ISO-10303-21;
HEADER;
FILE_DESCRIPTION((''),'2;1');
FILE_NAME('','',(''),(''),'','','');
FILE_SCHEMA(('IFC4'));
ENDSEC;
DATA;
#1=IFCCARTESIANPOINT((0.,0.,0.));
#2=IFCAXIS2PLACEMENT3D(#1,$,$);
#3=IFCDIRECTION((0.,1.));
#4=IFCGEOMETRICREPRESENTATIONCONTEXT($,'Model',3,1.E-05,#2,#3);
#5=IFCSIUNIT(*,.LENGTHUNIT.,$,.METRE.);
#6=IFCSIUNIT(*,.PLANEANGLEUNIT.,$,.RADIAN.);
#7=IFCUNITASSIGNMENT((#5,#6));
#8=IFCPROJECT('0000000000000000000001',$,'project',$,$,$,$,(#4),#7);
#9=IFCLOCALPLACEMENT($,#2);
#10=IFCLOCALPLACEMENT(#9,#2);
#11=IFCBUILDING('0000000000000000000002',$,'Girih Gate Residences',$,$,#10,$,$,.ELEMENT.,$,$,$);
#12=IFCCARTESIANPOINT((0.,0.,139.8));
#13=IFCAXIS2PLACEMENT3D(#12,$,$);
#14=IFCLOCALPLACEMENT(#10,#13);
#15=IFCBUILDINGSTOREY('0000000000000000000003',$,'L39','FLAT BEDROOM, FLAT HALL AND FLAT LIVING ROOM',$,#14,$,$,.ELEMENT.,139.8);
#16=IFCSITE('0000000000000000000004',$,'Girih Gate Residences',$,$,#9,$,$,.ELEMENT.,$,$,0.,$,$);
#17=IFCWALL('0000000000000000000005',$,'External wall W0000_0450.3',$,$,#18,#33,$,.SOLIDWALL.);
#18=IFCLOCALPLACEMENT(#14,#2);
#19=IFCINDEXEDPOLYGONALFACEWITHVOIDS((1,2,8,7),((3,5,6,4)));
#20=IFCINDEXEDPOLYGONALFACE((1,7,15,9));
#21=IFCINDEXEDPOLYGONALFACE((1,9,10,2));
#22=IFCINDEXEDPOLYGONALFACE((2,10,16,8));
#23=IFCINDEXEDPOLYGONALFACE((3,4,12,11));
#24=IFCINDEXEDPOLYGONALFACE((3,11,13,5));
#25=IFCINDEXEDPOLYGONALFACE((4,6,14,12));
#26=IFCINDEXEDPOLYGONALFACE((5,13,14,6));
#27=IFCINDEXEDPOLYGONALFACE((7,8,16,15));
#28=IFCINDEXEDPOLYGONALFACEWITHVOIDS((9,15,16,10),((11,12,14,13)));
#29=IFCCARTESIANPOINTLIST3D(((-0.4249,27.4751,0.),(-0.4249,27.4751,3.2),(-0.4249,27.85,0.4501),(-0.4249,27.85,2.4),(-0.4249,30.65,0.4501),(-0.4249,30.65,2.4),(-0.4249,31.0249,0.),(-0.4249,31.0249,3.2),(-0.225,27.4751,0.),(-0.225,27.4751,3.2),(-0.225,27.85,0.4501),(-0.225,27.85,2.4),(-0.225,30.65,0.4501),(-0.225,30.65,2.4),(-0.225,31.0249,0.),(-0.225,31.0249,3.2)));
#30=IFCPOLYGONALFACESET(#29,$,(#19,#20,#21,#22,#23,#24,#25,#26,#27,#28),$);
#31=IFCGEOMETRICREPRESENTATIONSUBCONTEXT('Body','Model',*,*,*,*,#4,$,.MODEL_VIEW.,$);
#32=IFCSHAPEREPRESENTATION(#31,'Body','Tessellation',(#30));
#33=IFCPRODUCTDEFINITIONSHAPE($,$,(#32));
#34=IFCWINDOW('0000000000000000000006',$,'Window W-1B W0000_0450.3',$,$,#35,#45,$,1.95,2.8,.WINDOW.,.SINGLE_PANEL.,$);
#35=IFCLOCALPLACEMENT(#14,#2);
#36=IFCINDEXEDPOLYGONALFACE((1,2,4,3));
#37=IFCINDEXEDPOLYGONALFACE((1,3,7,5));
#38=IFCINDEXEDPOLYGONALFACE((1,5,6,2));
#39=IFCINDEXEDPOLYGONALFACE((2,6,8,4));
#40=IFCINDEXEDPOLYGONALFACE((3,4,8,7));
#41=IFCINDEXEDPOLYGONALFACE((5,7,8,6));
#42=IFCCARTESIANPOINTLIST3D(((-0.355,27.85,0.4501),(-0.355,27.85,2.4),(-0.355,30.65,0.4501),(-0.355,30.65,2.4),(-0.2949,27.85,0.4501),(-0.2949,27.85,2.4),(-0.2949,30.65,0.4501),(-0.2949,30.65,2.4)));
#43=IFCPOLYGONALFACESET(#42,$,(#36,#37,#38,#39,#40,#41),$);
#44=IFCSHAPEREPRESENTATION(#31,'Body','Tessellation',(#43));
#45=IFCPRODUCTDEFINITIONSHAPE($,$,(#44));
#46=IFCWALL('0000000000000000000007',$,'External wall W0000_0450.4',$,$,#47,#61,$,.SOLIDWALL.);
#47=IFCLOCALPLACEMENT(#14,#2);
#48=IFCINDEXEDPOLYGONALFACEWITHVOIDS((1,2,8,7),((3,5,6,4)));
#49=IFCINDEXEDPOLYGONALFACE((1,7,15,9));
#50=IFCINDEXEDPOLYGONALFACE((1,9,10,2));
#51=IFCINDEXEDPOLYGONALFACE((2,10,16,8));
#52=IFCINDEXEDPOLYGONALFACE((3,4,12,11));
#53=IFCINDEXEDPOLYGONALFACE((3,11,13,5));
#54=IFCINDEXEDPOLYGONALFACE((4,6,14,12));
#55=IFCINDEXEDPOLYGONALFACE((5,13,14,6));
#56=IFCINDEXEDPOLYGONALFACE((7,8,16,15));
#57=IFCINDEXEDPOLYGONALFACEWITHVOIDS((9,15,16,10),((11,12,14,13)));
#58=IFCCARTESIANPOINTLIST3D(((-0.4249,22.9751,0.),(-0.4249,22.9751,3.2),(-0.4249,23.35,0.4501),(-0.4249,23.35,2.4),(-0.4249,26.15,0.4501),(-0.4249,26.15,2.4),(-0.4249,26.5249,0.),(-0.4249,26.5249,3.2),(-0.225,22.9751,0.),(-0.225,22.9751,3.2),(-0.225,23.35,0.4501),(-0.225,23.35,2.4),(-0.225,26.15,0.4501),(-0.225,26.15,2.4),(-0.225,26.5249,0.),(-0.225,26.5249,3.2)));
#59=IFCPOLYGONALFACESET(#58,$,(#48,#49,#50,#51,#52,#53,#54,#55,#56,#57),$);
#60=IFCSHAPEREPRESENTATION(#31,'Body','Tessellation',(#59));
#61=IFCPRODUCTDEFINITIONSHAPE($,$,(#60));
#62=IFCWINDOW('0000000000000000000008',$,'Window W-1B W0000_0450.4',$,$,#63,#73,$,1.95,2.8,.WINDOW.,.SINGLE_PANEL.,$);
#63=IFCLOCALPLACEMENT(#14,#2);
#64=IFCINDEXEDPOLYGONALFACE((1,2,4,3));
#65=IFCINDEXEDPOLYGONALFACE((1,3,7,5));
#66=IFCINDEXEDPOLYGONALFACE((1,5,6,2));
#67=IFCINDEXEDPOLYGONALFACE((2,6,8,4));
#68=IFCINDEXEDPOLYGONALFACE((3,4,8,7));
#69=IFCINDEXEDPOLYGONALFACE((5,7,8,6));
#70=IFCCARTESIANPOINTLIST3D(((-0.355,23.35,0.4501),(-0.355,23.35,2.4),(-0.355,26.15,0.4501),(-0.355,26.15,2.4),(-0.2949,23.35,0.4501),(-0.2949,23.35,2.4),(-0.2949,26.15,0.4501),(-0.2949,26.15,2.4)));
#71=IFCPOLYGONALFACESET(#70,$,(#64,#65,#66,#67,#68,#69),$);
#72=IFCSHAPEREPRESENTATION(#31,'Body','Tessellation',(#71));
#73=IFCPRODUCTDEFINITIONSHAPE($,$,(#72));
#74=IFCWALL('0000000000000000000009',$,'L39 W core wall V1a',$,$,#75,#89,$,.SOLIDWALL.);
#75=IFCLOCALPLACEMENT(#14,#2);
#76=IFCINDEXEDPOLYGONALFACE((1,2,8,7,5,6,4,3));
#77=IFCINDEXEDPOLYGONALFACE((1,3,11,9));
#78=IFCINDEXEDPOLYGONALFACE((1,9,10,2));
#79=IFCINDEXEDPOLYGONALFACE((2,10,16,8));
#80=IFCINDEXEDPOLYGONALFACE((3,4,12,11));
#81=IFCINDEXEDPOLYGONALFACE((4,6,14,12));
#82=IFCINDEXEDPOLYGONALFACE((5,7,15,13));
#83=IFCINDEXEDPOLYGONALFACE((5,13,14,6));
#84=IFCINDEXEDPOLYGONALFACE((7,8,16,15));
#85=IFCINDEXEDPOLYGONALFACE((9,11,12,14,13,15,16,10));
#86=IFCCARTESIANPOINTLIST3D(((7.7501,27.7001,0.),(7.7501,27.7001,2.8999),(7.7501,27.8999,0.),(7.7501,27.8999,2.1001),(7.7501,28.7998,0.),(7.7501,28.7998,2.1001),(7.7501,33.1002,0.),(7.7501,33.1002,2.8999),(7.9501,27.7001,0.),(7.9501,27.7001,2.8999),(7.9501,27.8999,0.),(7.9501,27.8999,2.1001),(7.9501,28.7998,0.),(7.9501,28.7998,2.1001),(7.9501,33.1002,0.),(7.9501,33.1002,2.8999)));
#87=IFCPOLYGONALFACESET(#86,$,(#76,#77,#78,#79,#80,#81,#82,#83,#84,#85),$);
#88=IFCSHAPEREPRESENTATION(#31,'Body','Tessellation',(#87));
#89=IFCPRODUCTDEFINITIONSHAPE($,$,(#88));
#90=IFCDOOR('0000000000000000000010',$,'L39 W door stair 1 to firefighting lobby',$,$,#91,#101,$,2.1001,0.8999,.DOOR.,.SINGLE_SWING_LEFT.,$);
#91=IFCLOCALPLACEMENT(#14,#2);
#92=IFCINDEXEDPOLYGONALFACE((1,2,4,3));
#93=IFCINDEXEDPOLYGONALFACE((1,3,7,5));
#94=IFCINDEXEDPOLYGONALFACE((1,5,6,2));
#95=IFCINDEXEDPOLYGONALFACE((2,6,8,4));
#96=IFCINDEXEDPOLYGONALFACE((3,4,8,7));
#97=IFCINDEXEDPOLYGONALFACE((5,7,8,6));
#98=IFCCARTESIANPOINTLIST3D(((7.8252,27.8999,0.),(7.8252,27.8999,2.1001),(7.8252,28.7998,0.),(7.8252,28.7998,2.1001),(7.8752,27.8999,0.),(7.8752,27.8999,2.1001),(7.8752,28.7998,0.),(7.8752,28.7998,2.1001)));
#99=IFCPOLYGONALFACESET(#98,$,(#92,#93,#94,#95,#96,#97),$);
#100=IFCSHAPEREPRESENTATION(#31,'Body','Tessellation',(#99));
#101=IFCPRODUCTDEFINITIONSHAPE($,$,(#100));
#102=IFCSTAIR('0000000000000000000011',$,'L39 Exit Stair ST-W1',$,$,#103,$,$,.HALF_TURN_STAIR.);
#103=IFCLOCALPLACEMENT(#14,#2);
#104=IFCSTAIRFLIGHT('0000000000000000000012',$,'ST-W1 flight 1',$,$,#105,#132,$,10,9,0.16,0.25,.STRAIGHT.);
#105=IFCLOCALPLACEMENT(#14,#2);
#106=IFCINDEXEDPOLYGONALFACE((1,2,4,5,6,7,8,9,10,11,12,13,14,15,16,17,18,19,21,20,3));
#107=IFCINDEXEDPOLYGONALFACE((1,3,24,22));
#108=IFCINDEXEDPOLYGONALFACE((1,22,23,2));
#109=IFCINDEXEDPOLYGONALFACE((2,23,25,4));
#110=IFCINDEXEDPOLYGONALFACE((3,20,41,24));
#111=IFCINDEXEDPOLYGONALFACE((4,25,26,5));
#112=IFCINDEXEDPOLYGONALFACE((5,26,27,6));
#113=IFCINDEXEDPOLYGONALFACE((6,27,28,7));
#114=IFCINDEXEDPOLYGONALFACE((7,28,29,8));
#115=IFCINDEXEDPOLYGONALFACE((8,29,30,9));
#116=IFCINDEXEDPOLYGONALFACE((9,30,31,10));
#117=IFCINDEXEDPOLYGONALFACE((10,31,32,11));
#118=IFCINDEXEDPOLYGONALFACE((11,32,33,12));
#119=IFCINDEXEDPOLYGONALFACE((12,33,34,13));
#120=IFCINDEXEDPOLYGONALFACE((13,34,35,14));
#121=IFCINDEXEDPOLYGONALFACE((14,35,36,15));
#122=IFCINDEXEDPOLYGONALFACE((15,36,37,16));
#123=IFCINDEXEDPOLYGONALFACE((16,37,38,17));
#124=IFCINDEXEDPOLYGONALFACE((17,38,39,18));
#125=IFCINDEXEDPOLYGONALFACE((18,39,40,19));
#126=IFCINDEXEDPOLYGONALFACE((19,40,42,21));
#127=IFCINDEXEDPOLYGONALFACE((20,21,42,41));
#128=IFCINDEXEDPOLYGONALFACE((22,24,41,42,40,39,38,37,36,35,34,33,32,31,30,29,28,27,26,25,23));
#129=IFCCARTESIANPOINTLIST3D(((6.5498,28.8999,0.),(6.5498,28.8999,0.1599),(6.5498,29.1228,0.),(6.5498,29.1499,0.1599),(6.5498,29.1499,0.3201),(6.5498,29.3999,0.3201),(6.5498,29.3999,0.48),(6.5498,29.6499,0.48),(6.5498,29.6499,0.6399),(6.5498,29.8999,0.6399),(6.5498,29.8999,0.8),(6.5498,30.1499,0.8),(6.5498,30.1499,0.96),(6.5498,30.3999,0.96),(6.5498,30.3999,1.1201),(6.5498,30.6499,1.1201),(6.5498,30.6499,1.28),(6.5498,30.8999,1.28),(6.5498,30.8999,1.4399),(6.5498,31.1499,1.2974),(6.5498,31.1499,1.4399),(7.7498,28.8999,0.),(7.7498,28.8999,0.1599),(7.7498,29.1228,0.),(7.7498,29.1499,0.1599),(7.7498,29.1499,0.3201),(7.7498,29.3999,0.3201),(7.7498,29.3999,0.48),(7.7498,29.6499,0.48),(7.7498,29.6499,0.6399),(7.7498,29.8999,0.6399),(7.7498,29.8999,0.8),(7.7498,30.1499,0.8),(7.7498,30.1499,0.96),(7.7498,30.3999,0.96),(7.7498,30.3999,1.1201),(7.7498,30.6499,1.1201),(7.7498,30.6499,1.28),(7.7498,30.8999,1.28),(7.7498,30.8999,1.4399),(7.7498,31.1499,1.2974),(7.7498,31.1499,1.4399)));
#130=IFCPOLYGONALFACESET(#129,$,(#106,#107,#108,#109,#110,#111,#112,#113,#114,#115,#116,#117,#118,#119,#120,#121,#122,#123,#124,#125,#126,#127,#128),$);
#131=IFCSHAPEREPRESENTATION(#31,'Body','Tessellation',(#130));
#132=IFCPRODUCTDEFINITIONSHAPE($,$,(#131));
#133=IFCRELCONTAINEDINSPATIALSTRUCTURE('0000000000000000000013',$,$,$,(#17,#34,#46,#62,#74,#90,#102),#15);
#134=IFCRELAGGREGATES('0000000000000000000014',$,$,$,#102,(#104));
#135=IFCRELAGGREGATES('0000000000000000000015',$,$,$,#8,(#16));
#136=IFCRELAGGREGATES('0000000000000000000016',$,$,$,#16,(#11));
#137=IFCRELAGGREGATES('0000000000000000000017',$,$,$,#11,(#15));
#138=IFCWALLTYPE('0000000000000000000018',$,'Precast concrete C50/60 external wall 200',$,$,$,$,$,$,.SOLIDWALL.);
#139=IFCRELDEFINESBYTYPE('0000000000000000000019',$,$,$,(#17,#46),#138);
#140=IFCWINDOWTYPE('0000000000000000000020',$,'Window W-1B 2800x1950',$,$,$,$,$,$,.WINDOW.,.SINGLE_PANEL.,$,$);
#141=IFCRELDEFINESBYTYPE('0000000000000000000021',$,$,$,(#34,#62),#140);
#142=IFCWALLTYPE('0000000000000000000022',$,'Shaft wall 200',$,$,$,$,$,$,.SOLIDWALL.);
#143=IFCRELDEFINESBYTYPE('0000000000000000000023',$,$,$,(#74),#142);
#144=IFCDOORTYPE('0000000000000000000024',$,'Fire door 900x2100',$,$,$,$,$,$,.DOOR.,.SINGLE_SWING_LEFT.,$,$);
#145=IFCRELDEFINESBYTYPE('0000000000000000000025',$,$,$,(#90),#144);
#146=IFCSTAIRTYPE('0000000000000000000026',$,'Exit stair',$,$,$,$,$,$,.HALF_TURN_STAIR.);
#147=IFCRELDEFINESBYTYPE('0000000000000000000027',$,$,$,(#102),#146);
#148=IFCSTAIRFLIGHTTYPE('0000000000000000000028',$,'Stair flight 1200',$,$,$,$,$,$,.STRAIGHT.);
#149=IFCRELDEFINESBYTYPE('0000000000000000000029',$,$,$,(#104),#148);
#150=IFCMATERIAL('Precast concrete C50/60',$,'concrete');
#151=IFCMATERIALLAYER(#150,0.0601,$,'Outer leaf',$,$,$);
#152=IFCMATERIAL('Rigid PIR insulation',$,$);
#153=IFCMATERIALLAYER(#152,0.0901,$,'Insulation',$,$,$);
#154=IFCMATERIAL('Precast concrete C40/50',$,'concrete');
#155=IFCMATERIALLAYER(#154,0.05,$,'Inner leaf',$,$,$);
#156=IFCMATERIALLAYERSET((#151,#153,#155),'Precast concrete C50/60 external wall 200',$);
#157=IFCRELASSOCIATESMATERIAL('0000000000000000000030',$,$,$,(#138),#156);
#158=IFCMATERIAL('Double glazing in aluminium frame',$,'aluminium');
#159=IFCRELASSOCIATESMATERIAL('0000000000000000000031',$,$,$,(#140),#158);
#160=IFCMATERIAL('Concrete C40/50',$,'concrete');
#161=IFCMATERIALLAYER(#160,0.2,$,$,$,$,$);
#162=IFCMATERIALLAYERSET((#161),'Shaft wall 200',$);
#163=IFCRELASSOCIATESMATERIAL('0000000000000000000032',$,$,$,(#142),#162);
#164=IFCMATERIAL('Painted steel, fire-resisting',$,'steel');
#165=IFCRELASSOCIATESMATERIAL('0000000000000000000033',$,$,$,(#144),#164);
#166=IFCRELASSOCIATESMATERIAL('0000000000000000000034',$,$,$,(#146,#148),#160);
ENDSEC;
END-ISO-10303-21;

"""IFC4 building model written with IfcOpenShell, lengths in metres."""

from ifc_helpers import new_model, si_unit, direction, frame, frame_2d, origin, place, context, subcontext, project, spatial, polyline, rectangle, outline, extrude, material, layer, layer_set, type_object, element, fill, aggregate, save


model = new_model("IFC4")

# Units and contexts
model_context = context("Model", 3, precision=1e-05, world=origin(), true_north=direction((0.0, 1.0)))
body_context = subcontext(model_context, "Body", "Model", "MODEL_VIEW")
ifc_project = project(units=[si_unit("LENGTHUNIT", "METRE"), si_unit("PLANEANGLEUNIT", "RADIAN")], contexts=[model_context])

# Site, building, storey
site_placement = place(None, origin())
site = spatial("IfcSite", under=ifc_project, at=site_placement, Name="Girih Gate Residences", CompositionType="ELEMENT", RefElevation=0.0)
building_placement = place(site_placement, origin())
building = spatial("IfcBuilding", under=site, at=building_placement, Name="Girih Gate Residences", CompositionType="ELEMENT")
storey_placement = place(building_placement, frame((0.0, 0.0, 139.8)))
storey = spatial("IfcBuildingStorey", under=building, at=storey_placement, Name="L39", Description="FLAT BEDROOM, FLAT HALL AND FLAT LIVING ROOM", CompositionType="ELEMENT", Elevation=139.8)

# Shared definitions
ifc_material_1 = material(Name="Painted steel, fire-resisting", Category="steel")

# Walls, openings, windows
ifc_material_2 = material(Name="Precast concrete C50/60", Category="concrete")
ifc_layer_1 = layer(ifc_material_2, 0.0601, Name="Outer leaf")
ifc_material_3 = material(Name="Rigid PIR insulation")
ifc_layer_2 = layer(ifc_material_3, 0.0901, Name="Insulation")
ifc_material_4 = material(Name="Precast concrete C40/50", Category="concrete")
ifc_layer_3 = layer(ifc_material_4, 0.05, Name="Inner leaf")
ifc_layer_set_1 = layer_set([ifc_layer_1, ifc_layer_2, ifc_layer_3], Name="Precast concrete C50/60 external wall 200")
wall_type_1 = type_object("IfcWallType", Name="Precast concrete C50/60 external wall 200", PredefinedType="SOLIDWALL", material=ifc_layer_set_1)
wall_1_placement = place(storey_placement, frame((-0.325, 27.4751, 0.0), z_axis=(0.0, 0.0, 1.0), x_axis=(0.0, 1.0, 0.0)))
wall_1 = element("IfcWall", 1, at=wall_1_placement, inside=storey, type_object=wall_type_1, Name="External wall W0000_0450.3", PredefinedType="SOLIDWALL", context=body_context, shape_type="SweptSolid", body=[
    extrude(rectangle(XDim=3.5498, YDim=0.2, at=frame_2d((1.7749, 0.0))), origin(), (0.0, 0.0, 1.0), 3.2),
])
opening_1_placement = place(wall_1_placement, frame((0.375, 0.0, 0.45)))
opening_1 = element("IfcOpeningElement", 2, at=opening_1_placement, cuts=wall_1, PredefinedType="OPENING", context=body_context, shape_type="SweptSolid", body=[
    extrude(rectangle(XDim=2.8, YDim=1.95, at=frame_2d((1.3999, 0.9751))), frame((0.0, 0.1099, 0.0), z_axis=(0.0, -1.0, 0.0), x_axis=(1.0, 0.0, 0.0)), (0.0, 0.0, 1.0), 0.22),
])
ifc_material_5 = material(Name="Double glazing in aluminium frame", Category="aluminium")
window_type = type_object("IfcWindowType", Name="Window W-1B 2800x1950", PartitioningType="SINGLE_PANEL", PredefinedType="WINDOW", material=ifc_material_5)
window_1_placement = place(opening_1_placement, origin())
window_1 = element("IfcWindow", 3, at=window_1_placement, inside=storey, type_object=window_type, Name="Window W-1B W0000_0450.3", OverallHeight=1.95, OverallWidth=2.8, PartitioningType="SINGLE_PANEL", PredefinedType="WINDOW", context=body_context, shape_type="SweptSolid", body=[
    extrude(rectangle(XDim=2.8, YDim=1.95, at=frame_2d((1.3999, 0.9751))), frame((0.0, 0.03, 0.0), z_axis=(0.0, -1.0, 0.0), x_axis=(1.0, 0.0, 0.0)), (0.0, 0.0, 1.0), 0.0601),
])
fill(opening_1, window_1)
wall_2_placement = place(storey_placement, frame((-0.325, 22.9751, 0.0), z_axis=(0.0, 0.0, 1.0), x_axis=(0.0, 1.0, 0.0)))
wall_2 = element("IfcWall", 4, at=wall_2_placement, inside=storey, type_object=wall_type_1, Name="External wall W0000_0450.4", PredefinedType="SOLIDWALL", context=body_context, shape_type="SweptSolid", body=[
    extrude(rectangle(XDim=3.5498, YDim=0.2, at=frame_2d((1.7749, 0.0))), origin(), (0.0, 0.0, 1.0), 3.2),
])
opening_2_placement = place(wall_2_placement, frame((0.375, 0.0, 0.45)))
opening_2 = element("IfcOpeningElement", 5, at=opening_2_placement, cuts=wall_2, PredefinedType="OPENING", context=body_context, shape_type="SweptSolid", body=[
    extrude(rectangle(XDim=2.8, YDim=1.95, at=frame_2d((1.3999, 0.9751))), frame((0.0, 0.1099, 0.0), z_axis=(0.0, -1.0, 0.0), x_axis=(1.0, 0.0, 0.0)), (0.0, 0.0, 1.0), 0.22),
])
window_2_placement = place(opening_2_placement, origin())
window_2 = element("IfcWindow", 6, at=window_2_placement, inside=storey, type_object=window_type, Name="Window W-1B W0000_0450.4", OverallHeight=1.95, OverallWidth=2.8, PartitioningType="SINGLE_PANEL", PredefinedType="WINDOW", context=body_context, shape_type="SweptSolid", body=[
    extrude(rectangle(XDim=2.8, YDim=1.95, at=frame_2d((1.3999, 0.9751))), frame((0.0, 0.03, 0.0), z_axis=(0.0, -1.0, 0.0), x_axis=(1.0, 0.0, 0.0)), (0.0, 0.0, 1.0), 0.0601),
])
fill(opening_2, window_2)

# Wall, opening, door
ifc_material_6 = material(Name="Concrete C40/50", Category="concrete")
ifc_layer_4 = layer(ifc_material_6, 0.2)
ifc_layer_set_2 = layer_set([ifc_layer_4], Name="Shaft wall 200")
wall_type_2 = type_object("IfcWallType", Name="Shaft wall 200", PredefinedType="SOLIDWALL", material=ifc_layer_set_2)
wall_3_placement = place(storey_placement, frame((7.8501, 27.7, 0.0), z_axis=(0.0, 0.0, 1.0), x_axis=(0.0, 1.0, 0.0)))
wall_3 = element("IfcWall", 7, at=wall_3_placement, inside=storey, type_object=wall_type_2, Name="L39 W core wall V1a", PredefinedType="SOLIDWALL", context=body_context, shape_type="SweptSolid", body=[
    extrude(rectangle(XDim=5.4001, YDim=0.2, at=frame_2d((2.7002, 0.0))), origin(), (0.0, 0.0, 1.0), 2.8999),
])
opening_3_placement = place(wall_3_placement, frame((0.2, 0.0, 0.0)))
opening_3 = element("IfcOpeningElement", 8, at=opening_3_placement, cuts=wall_3, PredefinedType="OPENING", context=body_context, shape_type="SweptSolid", body=[
    extrude(rectangle(XDim=0.8999, YDim=2.1001, at=frame_2d((0.45, 1.05))), frame((0.0, 0.1099, 0.0), z_axis=(0.0, -1.0, 0.0), x_axis=(1.0, 0.0, 0.0)), (0.0, 0.0, 1.0), 0.22),
])
door_type_1 = type_object("IfcDoorType", Name="Fire door 900x2100", OperationType="SINGLE_SWING_LEFT", PredefinedType="DOOR", material=ifc_material_1)
door_1_placement = place(opening_3_placement, origin())
door_1 = element("IfcDoor", 9, at=door_1_placement, inside=storey, type_object=door_type_1, Name="L39 W door stair 1 to firefighting lobby", OperationType="SINGLE_SWING_LEFT", OverallHeight=2.1001, OverallWidth=0.8999, PredefinedType="DOOR", context=body_context, shape_type="SweptSolid", body=[
    extrude(rectangle(XDim=0.8999, YDim=2.1001, at=frame_2d((0.45, 1.05))), frame((0.0, 0.0249, 0.0), z_axis=(0.0, -1.0, 0.0), x_axis=(1.0, 0.0, 0.0)), (0.0, 0.0, 1.0), 0.05),
])
fill(opening_3, door_1)

# Stair, stair flight
stair_type = type_object("IfcStairType", Name="Exit stair", PredefinedType="HALF_TURN_STAIR", material=ifc_material_6)
stair_placement = place(storey_placement, origin())
stair = element("IfcStair", 10, at=stair_placement, inside=storey, type_object=stair_type, Name="L39 Exit Stair ST-W1", PredefinedType="HALF_TURN_STAIR")
stair_flight_type = type_object("IfcStairFlightType", Name="Stair flight 1200", PredefinedType="STRAIGHT", material=ifc_material_6)
stair_flight_placement = place(storey_placement, frame((7.1499, 28.8999, 0.0), z_axis=(0.0, 0.0, 1.0), x_axis=(0.0, 1.0, 0.0)))
stair_flight = element("IfcStairFlight", 11, at=stair_flight_placement, type_object=stair_flight_type, Name="ST-W1 flight 1", NumberOfRisers=10, NumberOfTreads=9, PredefinedType="STRAIGHT", RiserHeight=0.16, TreadLength=0.25, context=body_context, shape_type="SweptSolid", body=[
    extrude(outline(polyline([(0.0, 0.0), (0.0, 0.1599), (0.25, 0.1599), (0.25, 0.3201), (0.5, 0.3201), (0.5, 0.48), (0.75, 0.48), (0.75, 0.6399), (1.0, 0.6399), (1.0, 0.8), (1.25, 0.8), (1.25, 0.96), (1.5, 0.96), (1.5, 1.1201), (1.75, 1.1201), (1.75, 1.28), (2.0, 1.28), (2.0, 1.4399), (2.25, 1.4399), (2.25, 1.6001), (2.25, 1.2974), (0.2229, 0.0), (0.0, 0.0)])), frame((0.0, 0.6001, 0.0), z_axis=(0.0, -1.0, 0.0), x_axis=(1.0, 0.0, 0.0)), (0.0, 0.0, 1.0), 1.2),
])
aggregate(stair, [stair_flight])

save(model, "model.ifc")
